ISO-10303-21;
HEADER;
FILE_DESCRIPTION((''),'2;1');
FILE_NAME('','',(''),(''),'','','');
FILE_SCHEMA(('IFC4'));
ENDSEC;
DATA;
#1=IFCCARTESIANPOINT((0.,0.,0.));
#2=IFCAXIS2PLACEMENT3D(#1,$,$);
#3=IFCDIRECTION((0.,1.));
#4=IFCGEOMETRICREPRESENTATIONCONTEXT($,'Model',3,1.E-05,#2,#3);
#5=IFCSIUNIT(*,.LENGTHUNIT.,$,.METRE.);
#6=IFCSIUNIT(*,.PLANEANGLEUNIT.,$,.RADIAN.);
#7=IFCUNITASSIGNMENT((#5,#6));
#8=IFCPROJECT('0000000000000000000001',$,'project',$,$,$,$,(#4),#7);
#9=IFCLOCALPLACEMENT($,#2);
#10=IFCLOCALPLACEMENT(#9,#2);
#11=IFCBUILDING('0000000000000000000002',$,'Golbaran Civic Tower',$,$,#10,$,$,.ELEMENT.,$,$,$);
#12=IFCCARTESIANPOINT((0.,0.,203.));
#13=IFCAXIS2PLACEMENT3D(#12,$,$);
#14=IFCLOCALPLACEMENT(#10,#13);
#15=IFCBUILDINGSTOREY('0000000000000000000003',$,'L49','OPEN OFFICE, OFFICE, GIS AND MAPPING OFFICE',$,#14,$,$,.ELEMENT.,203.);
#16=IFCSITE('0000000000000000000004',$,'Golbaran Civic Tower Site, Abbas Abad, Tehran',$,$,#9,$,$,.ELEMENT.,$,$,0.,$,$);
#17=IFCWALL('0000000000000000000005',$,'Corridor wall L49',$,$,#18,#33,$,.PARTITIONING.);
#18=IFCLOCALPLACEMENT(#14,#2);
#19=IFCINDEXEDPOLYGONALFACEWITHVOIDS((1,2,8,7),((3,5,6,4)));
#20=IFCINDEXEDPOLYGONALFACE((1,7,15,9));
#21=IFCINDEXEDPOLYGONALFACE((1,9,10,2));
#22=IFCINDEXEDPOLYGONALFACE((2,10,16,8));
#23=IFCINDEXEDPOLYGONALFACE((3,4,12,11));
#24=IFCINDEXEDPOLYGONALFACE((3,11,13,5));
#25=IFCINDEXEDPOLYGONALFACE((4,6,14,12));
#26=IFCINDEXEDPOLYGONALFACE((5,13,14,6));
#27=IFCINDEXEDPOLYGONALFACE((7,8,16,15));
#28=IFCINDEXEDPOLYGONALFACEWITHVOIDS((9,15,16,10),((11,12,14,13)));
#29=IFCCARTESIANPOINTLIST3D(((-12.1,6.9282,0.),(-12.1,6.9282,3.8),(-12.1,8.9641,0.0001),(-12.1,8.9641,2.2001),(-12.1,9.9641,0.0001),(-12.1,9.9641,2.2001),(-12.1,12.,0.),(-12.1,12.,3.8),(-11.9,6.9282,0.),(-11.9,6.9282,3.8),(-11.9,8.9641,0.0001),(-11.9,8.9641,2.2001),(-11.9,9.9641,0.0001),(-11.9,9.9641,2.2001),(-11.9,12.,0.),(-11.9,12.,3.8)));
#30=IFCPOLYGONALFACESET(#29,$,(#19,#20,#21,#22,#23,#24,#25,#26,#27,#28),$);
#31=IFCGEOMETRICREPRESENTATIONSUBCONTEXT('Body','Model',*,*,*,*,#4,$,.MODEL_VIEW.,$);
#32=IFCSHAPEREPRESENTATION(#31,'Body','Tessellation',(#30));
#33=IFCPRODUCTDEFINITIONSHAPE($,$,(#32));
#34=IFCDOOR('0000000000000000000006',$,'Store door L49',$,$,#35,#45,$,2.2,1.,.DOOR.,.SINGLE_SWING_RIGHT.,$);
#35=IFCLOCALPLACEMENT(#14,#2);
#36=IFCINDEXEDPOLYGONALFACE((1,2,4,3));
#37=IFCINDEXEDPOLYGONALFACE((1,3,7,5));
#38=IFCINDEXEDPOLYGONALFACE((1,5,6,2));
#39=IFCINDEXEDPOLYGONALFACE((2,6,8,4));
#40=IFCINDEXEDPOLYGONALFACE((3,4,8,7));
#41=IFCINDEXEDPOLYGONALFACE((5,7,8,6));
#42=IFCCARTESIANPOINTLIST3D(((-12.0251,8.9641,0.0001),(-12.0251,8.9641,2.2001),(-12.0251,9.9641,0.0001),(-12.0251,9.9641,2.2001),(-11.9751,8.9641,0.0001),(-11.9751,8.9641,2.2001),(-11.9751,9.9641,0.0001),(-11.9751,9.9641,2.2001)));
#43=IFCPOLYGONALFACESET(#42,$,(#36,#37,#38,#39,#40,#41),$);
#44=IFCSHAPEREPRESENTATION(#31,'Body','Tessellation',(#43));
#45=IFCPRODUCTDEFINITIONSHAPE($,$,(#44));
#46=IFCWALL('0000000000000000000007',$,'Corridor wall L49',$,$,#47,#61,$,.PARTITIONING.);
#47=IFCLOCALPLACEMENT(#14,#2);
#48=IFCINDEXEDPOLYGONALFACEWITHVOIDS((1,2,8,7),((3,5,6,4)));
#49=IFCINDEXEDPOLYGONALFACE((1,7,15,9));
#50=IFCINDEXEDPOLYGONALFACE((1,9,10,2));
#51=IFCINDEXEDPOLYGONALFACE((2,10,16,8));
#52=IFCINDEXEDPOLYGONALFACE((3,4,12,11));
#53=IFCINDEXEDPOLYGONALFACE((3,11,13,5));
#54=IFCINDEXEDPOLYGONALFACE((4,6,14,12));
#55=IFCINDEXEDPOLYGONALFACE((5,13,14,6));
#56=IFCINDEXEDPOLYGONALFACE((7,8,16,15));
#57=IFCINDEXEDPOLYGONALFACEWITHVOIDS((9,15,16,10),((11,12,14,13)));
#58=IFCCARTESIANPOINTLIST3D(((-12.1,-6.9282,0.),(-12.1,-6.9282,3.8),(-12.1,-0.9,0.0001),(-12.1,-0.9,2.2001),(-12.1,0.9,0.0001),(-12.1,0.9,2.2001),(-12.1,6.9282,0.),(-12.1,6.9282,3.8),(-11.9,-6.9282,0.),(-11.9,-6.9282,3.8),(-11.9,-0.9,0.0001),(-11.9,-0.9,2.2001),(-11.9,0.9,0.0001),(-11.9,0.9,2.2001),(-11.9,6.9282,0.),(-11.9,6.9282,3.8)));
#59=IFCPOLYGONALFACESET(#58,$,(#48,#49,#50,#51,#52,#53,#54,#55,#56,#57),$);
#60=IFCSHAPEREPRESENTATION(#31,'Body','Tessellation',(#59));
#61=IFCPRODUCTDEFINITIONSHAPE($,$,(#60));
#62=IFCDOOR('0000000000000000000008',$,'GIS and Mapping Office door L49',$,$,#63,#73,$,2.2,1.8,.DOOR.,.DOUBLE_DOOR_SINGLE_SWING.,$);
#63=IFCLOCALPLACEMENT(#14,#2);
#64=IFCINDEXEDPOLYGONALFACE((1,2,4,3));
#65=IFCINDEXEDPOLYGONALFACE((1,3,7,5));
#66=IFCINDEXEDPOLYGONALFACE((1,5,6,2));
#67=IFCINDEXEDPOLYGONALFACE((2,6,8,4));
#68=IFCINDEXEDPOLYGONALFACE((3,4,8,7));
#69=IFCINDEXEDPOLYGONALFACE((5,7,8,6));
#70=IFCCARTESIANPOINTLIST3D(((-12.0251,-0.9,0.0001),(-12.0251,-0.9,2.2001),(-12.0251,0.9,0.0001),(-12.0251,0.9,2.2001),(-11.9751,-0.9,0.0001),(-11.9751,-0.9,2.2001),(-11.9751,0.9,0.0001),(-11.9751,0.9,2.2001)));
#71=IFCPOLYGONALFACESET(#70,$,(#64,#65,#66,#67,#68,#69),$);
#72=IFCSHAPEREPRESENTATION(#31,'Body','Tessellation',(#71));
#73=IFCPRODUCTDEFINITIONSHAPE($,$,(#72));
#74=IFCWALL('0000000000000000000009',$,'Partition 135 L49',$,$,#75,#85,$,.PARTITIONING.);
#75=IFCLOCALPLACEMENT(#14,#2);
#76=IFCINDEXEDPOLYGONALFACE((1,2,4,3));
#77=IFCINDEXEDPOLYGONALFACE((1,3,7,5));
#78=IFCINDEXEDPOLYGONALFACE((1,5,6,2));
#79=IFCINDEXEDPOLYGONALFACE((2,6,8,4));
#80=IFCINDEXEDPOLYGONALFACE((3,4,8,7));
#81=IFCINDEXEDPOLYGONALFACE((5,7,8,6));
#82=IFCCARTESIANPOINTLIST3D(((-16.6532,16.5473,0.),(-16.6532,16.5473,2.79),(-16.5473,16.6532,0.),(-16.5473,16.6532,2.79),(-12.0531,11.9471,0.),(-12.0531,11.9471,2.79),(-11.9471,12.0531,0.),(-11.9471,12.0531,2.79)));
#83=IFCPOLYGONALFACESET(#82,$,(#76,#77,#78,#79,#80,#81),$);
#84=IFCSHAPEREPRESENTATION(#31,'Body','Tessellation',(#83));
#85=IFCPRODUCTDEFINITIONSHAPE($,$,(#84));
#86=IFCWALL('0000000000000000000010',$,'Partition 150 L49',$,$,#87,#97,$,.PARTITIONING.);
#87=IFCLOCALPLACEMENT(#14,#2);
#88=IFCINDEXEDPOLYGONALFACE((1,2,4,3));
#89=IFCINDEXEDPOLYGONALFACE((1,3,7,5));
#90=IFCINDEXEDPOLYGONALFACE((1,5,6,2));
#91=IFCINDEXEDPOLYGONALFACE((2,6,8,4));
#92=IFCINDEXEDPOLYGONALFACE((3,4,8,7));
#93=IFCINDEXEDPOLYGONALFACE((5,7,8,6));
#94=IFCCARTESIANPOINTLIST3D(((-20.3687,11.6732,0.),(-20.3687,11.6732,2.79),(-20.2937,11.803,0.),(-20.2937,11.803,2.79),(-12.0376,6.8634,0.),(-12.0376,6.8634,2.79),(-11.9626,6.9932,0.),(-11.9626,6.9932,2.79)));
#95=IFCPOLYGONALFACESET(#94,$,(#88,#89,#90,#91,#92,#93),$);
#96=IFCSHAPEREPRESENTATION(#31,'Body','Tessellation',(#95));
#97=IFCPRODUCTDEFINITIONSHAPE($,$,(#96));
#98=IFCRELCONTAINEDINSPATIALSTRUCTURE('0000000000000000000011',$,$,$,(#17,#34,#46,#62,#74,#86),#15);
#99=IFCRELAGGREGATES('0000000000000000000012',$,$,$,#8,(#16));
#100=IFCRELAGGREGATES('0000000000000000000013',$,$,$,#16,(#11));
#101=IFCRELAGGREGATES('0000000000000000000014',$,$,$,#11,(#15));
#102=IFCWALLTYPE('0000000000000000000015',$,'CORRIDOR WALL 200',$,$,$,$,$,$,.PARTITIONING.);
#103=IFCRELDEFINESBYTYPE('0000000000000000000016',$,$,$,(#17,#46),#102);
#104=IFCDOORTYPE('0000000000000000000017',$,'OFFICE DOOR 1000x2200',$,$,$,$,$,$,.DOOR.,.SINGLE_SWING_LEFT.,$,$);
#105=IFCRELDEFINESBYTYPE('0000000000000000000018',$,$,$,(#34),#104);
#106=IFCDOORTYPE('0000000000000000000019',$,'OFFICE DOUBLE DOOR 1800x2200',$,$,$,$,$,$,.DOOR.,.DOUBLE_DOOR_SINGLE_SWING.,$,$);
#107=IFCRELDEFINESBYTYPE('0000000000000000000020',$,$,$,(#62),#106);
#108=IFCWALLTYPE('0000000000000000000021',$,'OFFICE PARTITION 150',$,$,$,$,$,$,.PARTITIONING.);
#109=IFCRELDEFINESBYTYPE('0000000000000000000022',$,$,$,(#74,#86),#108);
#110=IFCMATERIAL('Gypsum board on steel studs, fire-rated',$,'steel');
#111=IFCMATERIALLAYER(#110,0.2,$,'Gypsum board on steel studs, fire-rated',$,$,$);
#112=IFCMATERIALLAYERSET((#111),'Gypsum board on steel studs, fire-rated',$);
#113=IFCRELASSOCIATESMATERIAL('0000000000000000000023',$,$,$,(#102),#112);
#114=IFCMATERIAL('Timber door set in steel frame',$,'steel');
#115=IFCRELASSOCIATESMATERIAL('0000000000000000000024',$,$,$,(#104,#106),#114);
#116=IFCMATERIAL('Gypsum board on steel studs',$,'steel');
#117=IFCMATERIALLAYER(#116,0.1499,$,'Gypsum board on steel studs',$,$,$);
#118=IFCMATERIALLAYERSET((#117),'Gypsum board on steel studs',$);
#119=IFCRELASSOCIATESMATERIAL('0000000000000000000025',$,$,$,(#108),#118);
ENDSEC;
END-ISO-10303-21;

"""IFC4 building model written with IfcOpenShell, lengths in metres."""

from ifc_helpers import new_model, si_unit, direction, frame, frame_2d, origin, place, context, subcontext, project, spatial, rectangle, extrude, material, layer, layer_set, type_object, element, fill, save


model = new_model("IFC4")

# Units and contexts
model_context = context("Model", 3, precision=1e-05, world=origin(), true_north=direction((0.0, 1.0)))
body_context = subcontext(model_context, "Body", "Model", "MODEL_VIEW")
ifc_project = project(units=[si_unit("LENGTHUNIT", "METRE"), si_unit("PLANEANGLEUNIT", "RADIAN")], contexts=[model_context])

# Site, building, storey
site_placement = place(None, origin())
site = spatial("IfcSite", under=ifc_project, at=site_placement, Name="Golbaran Civic Tower Site, Abbas Abad, Tehran", CompositionType="ELEMENT", RefElevation=0.0)
building_placement = place(site_placement, origin())
building = spatial("IfcBuilding", under=site, at=building_placement, Name="Golbaran Civic Tower", CompositionType="ELEMENT")
storey_placement = place(building_placement, frame((0.0, 0.0, 203.0)))
storey = spatial("IfcBuildingStorey", under=building, at=storey_placement, Name="L49", Description="OPEN OFFICE, OFFICE, GIS AND MAPPING OFFICE", CompositionType="ELEMENT", Elevation=203.0)

# Shared definitions
ifc_material_1 = material(Name="Timber door set in steel frame", Category="steel")

# Walls, openings, doors
ifc_material_2 = material(Name="Gypsum board on steel studs, fire-rated", Category="steel")
ifc_layer_1 = layer(ifc_material_2, 0.2, Name="Gypsum board on steel studs, fire-rated")
ifc_layer_set_1 = layer_set([ifc_layer_1], Name="Gypsum board on steel studs, fire-rated")
wall_type_1 = type_object("IfcWallType", Name="CORRIDOR WALL 200", PredefinedType="PARTITIONING", material=ifc_layer_set_1)
wall_1_placement = place(storey_placement, frame((-12.0, 12.0, 0.0), z_axis=(0.0, 0.0, 1.0), x_axis=(0.0, -1.0, 0.0)))
wall_1 = element("IfcWall", 1, at=wall_1_placement, inside=storey, type_object=wall_type_1, Name="Corridor wall L49", PredefinedType="PARTITIONING", context=body_context, shape_type="SweptSolid", body=[
    extrude(rectangle(XDim=5.0718, YDim=0.2, at=frame_2d((2.5359, 0.0))), origin(), (0.0, 0.0, 1.0), 3.8),
])
opening_1_placement = place(wall_1_placement, frame((2.0359, 0.0, 0.0)))
opening_1 = element("IfcOpeningElement", 2, at=opening_1_placement, cuts=wall_1, PredefinedType="OPENING", context=body_context, shape_type="SweptSolid", body=[
    extrude(rectangle(XDim=1.0, YDim=2.2, at=frame_2d((0.5, 1.1001))), frame((0.0, 0.1099, 0.0), z_axis=(0.0, -1.0, 0.0), x_axis=(1.0, 0.0, 0.0)), (0.0, 0.0, 1.0), 0.22),
])
door_type_1 = type_object("IfcDoorType", Name="OFFICE DOOR 1000x2200", OperationType="SINGLE_SWING_LEFT", PredefinedType="DOOR", material=ifc_material_1)
door_1_placement = place(opening_1_placement, origin())
door_1 = element("IfcDoor", 3, at=door_1_placement, inside=storey, type_object=door_type_1, Name="Store door L49", OperationType="SINGLE_SWING_RIGHT", OverallHeight=2.2, OverallWidth=1.0, PredefinedType="DOOR", context=body_context, shape_type="SweptSolid", body=[
    extrude(rectangle(XDim=1.0, YDim=2.2, at=frame_2d((0.5, 1.1001))), frame((0.0, 0.0249, 0.0), z_axis=(0.0, -1.0, 0.0), x_axis=(1.0, 0.0, 0.0)), (0.0, 0.0, 1.0), 0.05),
])
fill(opening_1, door_1)
wall_2_placement = place(storey_placement, frame((-12.0, 6.9282, 0.0), z_axis=(0.0, 0.0, 1.0), x_axis=(0.0, -1.0, 0.0)))
wall_2 = element("IfcWall", 4, at=wall_2_placement, inside=storey, type_object=wall_type_1, Name="Corridor wall L49", PredefinedType="PARTITIONING", context=body_context, shape_type="SweptSolid", body=[
    extrude(rectangle(XDim=13.8564, YDim=0.2, at=frame_2d((6.9282, 0.0))), origin(), (0.0, 0.0, 1.0), 3.8),
])
opening_2_placement = place(wall_2_placement, frame((6.0283, 0.0, 0.0)))
opening_2 = element("IfcOpeningElement", 5, at=opening_2_placement, cuts=wall_2, PredefinedType="OPENING", context=body_context, shape_type="SweptSolid", body=[
    extrude(rectangle(XDim=1.8, YDim=2.2, at=frame_2d((0.8999, 1.1001))), frame((0.0, 0.1099, 0.0), z_axis=(0.0, -1.0, 0.0), x_axis=(1.0, 0.0, 0.0)), (0.0, 0.0, 1.0), 0.22),
])
door_type_2 = type_object("IfcDoorType", Name="OFFICE DOUBLE DOOR 1800x2200", OperationType="DOUBLE_DOOR_SINGLE_SWING", PredefinedType="DOOR", material=ifc_material_1)
door_2_placement = place(opening_2_placement, origin())
door_2 = element("IfcDoor", 6, at=door_2_placement, inside=storey, type_object=door_type_2, Name="GIS and Mapping Office door L49", OperationType="DOUBLE_DOOR_SINGLE_SWING", OverallHeight=2.2, OverallWidth=1.8, PredefinedType="DOOR", context=body_context, shape_type="SweptSolid", body=[
    extrude(rectangle(XDim=1.8, YDim=2.2, at=frame_2d((0.8999, 1.1001))), frame((0.0, 0.0249, 0.0), z_axis=(0.0, -1.0, 0.0), x_axis=(1.0, 0.0, 0.0)), (0.0, 0.0, 1.0), 0.05),
])
fill(opening_2, door_2)

# Walls
ifc_material_3 = material(Name="Gypsum board on steel studs", Category="steel")
ifc_layer_2 = layer(ifc_material_3, 0.1499, Name="Gypsum board on steel studs")
ifc_layer_set_2 = layer_set([ifc_layer_2], Name="Gypsum board on steel studs")
wall_type_2 = type_object("IfcWallType", Name="OFFICE PARTITION 150", PredefinedType="PARTITIONING", material=ifc_layer_set_2)
wall_3_placement = place(storey_placement, frame((-12.0, 12.0, 0.0), z_axis=(0.0, 0.0, 1.0), x_axis=(-0.707107, 0.707107, 0.0)))
element("IfcWall", 7, at=wall_3_placement, inside=storey, type_object=wall_type_2, Name="Partition 135 L49", PredefinedType="PARTITIONING", context=body_context, shape_type="SweptSolid", body=[
    extrude(rectangle(XDim=6.5056, YDim=0.1499, at=frame_2d((3.2529, 0.0))), origin(), (0.0, 0.0, 1.0), 2.79),
])
wall_4_placement = place(storey_placement, frame((-12.0, 6.9282, 0.0), z_axis=(0.0, 0.0, 1.0), x_axis=(-0.866031, 0.49999, 0.0)))
element("IfcWall", 8, at=wall_4_placement, inside=storey, type_object=wall_type_2, Name="Partition 150 L49", PredefinedType="PARTITIONING", context=body_context, shape_type="SweptSolid", body=[
    extrude(rectangle(XDim=9.6199, YDim=0.1499, at=frame_2d((4.8101, 0.0))), origin(), (0.0, 0.0, 1.0), 2.79),
])

save(model, "model.ifc")
